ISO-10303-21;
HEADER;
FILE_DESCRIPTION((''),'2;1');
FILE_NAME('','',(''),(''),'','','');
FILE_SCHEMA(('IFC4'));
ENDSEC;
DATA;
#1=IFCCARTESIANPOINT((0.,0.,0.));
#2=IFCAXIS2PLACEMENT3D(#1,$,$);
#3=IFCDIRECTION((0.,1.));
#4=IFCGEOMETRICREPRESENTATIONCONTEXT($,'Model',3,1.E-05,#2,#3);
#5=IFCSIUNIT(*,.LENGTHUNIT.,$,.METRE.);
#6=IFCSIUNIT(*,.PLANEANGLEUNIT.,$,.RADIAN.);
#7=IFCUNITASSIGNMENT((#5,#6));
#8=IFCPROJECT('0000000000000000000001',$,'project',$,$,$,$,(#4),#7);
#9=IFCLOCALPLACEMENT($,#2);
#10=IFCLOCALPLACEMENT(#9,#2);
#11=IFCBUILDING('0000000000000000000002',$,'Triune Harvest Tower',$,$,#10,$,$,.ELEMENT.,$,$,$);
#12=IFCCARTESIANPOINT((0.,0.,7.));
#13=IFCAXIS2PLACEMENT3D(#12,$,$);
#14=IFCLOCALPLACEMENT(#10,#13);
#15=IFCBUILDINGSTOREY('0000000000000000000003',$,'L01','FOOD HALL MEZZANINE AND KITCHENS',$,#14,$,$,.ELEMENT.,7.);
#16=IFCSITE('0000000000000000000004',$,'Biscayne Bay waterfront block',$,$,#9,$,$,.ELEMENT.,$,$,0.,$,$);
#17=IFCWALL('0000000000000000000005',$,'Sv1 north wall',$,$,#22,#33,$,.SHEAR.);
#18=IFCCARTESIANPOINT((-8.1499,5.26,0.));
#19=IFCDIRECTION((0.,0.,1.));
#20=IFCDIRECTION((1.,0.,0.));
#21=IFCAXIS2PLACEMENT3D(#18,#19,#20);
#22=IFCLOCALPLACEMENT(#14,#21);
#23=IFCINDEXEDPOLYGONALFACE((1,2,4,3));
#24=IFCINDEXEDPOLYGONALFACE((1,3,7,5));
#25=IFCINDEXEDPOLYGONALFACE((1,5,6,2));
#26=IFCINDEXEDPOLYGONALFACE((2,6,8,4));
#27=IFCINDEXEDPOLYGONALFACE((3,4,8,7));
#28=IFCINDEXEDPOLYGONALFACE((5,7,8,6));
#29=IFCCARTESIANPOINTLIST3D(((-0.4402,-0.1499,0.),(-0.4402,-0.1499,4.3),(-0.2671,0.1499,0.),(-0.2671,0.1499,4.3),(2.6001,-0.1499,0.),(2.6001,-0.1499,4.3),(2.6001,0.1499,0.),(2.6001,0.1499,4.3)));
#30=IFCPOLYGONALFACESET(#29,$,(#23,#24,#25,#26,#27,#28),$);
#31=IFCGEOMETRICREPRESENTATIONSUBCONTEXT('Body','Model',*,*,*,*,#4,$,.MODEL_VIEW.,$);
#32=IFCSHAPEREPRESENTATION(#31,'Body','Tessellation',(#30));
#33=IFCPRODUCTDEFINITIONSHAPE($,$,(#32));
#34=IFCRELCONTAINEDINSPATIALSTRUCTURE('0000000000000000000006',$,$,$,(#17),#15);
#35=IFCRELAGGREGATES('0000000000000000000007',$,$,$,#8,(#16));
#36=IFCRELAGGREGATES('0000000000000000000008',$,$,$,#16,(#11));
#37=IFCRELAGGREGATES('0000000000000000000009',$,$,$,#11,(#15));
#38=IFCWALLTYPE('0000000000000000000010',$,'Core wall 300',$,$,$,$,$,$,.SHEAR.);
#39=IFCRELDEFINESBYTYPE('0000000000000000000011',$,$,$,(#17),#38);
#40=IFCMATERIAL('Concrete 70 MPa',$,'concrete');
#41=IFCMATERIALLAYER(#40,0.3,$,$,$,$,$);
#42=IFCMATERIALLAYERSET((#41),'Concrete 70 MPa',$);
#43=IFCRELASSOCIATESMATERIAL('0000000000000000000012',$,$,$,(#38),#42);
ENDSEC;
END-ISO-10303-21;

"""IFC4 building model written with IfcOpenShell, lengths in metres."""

from ifc_helpers import new_model, si_unit, direction, frame, origin, place, context, subcontext, project, spatial, polyline, outline, extrude, source, transform, mapped, material, layer, layer_set, type_object, element, save


model = new_model("IFC4")

# Units and contexts
model_context = context("Model", 3, precision=1e-05, world=origin(), true_north=direction((0.0, 1.0)))
body_context = subcontext(model_context, "Body", "Model", "MODEL_VIEW")
ifc_project = project(units=[si_unit("LENGTHUNIT", "METRE"), si_unit("PLANEANGLEUNIT", "RADIAN")], contexts=[model_context])

# Site, building, storey
site_placement = place(None, origin())
site = spatial("IfcSite", under=ifc_project, at=site_placement, Name="Biscayne Bay waterfront block", CompositionType="ELEMENT", RefElevation=0.0)
building_placement = place(site_placement, origin())
building = spatial("IfcBuilding", under=site, at=building_placement, Name="Triune Harvest Tower", CompositionType="ELEMENT")
storey_placement = place(building_placement, frame((0.0, 0.0, 7.0)))
storey = spatial("IfcBuildingStorey", under=building, at=storey_placement, Name="L01", Description="FOOD HALL MEZZANINE AND KITCHENS", CompositionType="ELEMENT", Elevation=7.0)

# Shared definitions
ifc_material_1 = material(Name="Concrete 70 MPa", Category="concrete")
ifc_layer_1 = layer(ifc_material_1, 0.3)
ifc_layer_set_1 = layer_set([ifc_layer_1], Name="Concrete 70 MPa")
wall_type_1 = type_object("IfcWallType", Name="Core wall 300", PredefinedType="SHEAR", material=ifc_layer_set_1)

# Wall
shared_shape_1 = source(origin(), body_context, "Body", "SweptSolid", [
    extrude(outline(polyline([(2.6001, -0.1499), (-0.4402, -0.1499), (-0.2671, 0.1499), (2.6001, 0.1499), (2.6001, -0.1499)])), origin(), (0.0, 0.0, 1.0), 4.3),
])
wall_1_placement = place(storey_placement, frame((-8.1499, 5.26, 0.0), z_axis=(0.0, 0.0, 1.0), x_axis=(1.0, 0.0, 0.0)))
element("IfcWall", 1, at=wall_1_placement, inside=storey, type_object=wall_type_1, Name="Sv1 north wall", PredefinedType="SHEAR", context=body_context, shape_type="MappedRepresentation", body=[
    mapped(shared_shape_1, transform((0.0, 0.0, 0.0), scale=1.0)),
])

save(model, "model.ifc")
